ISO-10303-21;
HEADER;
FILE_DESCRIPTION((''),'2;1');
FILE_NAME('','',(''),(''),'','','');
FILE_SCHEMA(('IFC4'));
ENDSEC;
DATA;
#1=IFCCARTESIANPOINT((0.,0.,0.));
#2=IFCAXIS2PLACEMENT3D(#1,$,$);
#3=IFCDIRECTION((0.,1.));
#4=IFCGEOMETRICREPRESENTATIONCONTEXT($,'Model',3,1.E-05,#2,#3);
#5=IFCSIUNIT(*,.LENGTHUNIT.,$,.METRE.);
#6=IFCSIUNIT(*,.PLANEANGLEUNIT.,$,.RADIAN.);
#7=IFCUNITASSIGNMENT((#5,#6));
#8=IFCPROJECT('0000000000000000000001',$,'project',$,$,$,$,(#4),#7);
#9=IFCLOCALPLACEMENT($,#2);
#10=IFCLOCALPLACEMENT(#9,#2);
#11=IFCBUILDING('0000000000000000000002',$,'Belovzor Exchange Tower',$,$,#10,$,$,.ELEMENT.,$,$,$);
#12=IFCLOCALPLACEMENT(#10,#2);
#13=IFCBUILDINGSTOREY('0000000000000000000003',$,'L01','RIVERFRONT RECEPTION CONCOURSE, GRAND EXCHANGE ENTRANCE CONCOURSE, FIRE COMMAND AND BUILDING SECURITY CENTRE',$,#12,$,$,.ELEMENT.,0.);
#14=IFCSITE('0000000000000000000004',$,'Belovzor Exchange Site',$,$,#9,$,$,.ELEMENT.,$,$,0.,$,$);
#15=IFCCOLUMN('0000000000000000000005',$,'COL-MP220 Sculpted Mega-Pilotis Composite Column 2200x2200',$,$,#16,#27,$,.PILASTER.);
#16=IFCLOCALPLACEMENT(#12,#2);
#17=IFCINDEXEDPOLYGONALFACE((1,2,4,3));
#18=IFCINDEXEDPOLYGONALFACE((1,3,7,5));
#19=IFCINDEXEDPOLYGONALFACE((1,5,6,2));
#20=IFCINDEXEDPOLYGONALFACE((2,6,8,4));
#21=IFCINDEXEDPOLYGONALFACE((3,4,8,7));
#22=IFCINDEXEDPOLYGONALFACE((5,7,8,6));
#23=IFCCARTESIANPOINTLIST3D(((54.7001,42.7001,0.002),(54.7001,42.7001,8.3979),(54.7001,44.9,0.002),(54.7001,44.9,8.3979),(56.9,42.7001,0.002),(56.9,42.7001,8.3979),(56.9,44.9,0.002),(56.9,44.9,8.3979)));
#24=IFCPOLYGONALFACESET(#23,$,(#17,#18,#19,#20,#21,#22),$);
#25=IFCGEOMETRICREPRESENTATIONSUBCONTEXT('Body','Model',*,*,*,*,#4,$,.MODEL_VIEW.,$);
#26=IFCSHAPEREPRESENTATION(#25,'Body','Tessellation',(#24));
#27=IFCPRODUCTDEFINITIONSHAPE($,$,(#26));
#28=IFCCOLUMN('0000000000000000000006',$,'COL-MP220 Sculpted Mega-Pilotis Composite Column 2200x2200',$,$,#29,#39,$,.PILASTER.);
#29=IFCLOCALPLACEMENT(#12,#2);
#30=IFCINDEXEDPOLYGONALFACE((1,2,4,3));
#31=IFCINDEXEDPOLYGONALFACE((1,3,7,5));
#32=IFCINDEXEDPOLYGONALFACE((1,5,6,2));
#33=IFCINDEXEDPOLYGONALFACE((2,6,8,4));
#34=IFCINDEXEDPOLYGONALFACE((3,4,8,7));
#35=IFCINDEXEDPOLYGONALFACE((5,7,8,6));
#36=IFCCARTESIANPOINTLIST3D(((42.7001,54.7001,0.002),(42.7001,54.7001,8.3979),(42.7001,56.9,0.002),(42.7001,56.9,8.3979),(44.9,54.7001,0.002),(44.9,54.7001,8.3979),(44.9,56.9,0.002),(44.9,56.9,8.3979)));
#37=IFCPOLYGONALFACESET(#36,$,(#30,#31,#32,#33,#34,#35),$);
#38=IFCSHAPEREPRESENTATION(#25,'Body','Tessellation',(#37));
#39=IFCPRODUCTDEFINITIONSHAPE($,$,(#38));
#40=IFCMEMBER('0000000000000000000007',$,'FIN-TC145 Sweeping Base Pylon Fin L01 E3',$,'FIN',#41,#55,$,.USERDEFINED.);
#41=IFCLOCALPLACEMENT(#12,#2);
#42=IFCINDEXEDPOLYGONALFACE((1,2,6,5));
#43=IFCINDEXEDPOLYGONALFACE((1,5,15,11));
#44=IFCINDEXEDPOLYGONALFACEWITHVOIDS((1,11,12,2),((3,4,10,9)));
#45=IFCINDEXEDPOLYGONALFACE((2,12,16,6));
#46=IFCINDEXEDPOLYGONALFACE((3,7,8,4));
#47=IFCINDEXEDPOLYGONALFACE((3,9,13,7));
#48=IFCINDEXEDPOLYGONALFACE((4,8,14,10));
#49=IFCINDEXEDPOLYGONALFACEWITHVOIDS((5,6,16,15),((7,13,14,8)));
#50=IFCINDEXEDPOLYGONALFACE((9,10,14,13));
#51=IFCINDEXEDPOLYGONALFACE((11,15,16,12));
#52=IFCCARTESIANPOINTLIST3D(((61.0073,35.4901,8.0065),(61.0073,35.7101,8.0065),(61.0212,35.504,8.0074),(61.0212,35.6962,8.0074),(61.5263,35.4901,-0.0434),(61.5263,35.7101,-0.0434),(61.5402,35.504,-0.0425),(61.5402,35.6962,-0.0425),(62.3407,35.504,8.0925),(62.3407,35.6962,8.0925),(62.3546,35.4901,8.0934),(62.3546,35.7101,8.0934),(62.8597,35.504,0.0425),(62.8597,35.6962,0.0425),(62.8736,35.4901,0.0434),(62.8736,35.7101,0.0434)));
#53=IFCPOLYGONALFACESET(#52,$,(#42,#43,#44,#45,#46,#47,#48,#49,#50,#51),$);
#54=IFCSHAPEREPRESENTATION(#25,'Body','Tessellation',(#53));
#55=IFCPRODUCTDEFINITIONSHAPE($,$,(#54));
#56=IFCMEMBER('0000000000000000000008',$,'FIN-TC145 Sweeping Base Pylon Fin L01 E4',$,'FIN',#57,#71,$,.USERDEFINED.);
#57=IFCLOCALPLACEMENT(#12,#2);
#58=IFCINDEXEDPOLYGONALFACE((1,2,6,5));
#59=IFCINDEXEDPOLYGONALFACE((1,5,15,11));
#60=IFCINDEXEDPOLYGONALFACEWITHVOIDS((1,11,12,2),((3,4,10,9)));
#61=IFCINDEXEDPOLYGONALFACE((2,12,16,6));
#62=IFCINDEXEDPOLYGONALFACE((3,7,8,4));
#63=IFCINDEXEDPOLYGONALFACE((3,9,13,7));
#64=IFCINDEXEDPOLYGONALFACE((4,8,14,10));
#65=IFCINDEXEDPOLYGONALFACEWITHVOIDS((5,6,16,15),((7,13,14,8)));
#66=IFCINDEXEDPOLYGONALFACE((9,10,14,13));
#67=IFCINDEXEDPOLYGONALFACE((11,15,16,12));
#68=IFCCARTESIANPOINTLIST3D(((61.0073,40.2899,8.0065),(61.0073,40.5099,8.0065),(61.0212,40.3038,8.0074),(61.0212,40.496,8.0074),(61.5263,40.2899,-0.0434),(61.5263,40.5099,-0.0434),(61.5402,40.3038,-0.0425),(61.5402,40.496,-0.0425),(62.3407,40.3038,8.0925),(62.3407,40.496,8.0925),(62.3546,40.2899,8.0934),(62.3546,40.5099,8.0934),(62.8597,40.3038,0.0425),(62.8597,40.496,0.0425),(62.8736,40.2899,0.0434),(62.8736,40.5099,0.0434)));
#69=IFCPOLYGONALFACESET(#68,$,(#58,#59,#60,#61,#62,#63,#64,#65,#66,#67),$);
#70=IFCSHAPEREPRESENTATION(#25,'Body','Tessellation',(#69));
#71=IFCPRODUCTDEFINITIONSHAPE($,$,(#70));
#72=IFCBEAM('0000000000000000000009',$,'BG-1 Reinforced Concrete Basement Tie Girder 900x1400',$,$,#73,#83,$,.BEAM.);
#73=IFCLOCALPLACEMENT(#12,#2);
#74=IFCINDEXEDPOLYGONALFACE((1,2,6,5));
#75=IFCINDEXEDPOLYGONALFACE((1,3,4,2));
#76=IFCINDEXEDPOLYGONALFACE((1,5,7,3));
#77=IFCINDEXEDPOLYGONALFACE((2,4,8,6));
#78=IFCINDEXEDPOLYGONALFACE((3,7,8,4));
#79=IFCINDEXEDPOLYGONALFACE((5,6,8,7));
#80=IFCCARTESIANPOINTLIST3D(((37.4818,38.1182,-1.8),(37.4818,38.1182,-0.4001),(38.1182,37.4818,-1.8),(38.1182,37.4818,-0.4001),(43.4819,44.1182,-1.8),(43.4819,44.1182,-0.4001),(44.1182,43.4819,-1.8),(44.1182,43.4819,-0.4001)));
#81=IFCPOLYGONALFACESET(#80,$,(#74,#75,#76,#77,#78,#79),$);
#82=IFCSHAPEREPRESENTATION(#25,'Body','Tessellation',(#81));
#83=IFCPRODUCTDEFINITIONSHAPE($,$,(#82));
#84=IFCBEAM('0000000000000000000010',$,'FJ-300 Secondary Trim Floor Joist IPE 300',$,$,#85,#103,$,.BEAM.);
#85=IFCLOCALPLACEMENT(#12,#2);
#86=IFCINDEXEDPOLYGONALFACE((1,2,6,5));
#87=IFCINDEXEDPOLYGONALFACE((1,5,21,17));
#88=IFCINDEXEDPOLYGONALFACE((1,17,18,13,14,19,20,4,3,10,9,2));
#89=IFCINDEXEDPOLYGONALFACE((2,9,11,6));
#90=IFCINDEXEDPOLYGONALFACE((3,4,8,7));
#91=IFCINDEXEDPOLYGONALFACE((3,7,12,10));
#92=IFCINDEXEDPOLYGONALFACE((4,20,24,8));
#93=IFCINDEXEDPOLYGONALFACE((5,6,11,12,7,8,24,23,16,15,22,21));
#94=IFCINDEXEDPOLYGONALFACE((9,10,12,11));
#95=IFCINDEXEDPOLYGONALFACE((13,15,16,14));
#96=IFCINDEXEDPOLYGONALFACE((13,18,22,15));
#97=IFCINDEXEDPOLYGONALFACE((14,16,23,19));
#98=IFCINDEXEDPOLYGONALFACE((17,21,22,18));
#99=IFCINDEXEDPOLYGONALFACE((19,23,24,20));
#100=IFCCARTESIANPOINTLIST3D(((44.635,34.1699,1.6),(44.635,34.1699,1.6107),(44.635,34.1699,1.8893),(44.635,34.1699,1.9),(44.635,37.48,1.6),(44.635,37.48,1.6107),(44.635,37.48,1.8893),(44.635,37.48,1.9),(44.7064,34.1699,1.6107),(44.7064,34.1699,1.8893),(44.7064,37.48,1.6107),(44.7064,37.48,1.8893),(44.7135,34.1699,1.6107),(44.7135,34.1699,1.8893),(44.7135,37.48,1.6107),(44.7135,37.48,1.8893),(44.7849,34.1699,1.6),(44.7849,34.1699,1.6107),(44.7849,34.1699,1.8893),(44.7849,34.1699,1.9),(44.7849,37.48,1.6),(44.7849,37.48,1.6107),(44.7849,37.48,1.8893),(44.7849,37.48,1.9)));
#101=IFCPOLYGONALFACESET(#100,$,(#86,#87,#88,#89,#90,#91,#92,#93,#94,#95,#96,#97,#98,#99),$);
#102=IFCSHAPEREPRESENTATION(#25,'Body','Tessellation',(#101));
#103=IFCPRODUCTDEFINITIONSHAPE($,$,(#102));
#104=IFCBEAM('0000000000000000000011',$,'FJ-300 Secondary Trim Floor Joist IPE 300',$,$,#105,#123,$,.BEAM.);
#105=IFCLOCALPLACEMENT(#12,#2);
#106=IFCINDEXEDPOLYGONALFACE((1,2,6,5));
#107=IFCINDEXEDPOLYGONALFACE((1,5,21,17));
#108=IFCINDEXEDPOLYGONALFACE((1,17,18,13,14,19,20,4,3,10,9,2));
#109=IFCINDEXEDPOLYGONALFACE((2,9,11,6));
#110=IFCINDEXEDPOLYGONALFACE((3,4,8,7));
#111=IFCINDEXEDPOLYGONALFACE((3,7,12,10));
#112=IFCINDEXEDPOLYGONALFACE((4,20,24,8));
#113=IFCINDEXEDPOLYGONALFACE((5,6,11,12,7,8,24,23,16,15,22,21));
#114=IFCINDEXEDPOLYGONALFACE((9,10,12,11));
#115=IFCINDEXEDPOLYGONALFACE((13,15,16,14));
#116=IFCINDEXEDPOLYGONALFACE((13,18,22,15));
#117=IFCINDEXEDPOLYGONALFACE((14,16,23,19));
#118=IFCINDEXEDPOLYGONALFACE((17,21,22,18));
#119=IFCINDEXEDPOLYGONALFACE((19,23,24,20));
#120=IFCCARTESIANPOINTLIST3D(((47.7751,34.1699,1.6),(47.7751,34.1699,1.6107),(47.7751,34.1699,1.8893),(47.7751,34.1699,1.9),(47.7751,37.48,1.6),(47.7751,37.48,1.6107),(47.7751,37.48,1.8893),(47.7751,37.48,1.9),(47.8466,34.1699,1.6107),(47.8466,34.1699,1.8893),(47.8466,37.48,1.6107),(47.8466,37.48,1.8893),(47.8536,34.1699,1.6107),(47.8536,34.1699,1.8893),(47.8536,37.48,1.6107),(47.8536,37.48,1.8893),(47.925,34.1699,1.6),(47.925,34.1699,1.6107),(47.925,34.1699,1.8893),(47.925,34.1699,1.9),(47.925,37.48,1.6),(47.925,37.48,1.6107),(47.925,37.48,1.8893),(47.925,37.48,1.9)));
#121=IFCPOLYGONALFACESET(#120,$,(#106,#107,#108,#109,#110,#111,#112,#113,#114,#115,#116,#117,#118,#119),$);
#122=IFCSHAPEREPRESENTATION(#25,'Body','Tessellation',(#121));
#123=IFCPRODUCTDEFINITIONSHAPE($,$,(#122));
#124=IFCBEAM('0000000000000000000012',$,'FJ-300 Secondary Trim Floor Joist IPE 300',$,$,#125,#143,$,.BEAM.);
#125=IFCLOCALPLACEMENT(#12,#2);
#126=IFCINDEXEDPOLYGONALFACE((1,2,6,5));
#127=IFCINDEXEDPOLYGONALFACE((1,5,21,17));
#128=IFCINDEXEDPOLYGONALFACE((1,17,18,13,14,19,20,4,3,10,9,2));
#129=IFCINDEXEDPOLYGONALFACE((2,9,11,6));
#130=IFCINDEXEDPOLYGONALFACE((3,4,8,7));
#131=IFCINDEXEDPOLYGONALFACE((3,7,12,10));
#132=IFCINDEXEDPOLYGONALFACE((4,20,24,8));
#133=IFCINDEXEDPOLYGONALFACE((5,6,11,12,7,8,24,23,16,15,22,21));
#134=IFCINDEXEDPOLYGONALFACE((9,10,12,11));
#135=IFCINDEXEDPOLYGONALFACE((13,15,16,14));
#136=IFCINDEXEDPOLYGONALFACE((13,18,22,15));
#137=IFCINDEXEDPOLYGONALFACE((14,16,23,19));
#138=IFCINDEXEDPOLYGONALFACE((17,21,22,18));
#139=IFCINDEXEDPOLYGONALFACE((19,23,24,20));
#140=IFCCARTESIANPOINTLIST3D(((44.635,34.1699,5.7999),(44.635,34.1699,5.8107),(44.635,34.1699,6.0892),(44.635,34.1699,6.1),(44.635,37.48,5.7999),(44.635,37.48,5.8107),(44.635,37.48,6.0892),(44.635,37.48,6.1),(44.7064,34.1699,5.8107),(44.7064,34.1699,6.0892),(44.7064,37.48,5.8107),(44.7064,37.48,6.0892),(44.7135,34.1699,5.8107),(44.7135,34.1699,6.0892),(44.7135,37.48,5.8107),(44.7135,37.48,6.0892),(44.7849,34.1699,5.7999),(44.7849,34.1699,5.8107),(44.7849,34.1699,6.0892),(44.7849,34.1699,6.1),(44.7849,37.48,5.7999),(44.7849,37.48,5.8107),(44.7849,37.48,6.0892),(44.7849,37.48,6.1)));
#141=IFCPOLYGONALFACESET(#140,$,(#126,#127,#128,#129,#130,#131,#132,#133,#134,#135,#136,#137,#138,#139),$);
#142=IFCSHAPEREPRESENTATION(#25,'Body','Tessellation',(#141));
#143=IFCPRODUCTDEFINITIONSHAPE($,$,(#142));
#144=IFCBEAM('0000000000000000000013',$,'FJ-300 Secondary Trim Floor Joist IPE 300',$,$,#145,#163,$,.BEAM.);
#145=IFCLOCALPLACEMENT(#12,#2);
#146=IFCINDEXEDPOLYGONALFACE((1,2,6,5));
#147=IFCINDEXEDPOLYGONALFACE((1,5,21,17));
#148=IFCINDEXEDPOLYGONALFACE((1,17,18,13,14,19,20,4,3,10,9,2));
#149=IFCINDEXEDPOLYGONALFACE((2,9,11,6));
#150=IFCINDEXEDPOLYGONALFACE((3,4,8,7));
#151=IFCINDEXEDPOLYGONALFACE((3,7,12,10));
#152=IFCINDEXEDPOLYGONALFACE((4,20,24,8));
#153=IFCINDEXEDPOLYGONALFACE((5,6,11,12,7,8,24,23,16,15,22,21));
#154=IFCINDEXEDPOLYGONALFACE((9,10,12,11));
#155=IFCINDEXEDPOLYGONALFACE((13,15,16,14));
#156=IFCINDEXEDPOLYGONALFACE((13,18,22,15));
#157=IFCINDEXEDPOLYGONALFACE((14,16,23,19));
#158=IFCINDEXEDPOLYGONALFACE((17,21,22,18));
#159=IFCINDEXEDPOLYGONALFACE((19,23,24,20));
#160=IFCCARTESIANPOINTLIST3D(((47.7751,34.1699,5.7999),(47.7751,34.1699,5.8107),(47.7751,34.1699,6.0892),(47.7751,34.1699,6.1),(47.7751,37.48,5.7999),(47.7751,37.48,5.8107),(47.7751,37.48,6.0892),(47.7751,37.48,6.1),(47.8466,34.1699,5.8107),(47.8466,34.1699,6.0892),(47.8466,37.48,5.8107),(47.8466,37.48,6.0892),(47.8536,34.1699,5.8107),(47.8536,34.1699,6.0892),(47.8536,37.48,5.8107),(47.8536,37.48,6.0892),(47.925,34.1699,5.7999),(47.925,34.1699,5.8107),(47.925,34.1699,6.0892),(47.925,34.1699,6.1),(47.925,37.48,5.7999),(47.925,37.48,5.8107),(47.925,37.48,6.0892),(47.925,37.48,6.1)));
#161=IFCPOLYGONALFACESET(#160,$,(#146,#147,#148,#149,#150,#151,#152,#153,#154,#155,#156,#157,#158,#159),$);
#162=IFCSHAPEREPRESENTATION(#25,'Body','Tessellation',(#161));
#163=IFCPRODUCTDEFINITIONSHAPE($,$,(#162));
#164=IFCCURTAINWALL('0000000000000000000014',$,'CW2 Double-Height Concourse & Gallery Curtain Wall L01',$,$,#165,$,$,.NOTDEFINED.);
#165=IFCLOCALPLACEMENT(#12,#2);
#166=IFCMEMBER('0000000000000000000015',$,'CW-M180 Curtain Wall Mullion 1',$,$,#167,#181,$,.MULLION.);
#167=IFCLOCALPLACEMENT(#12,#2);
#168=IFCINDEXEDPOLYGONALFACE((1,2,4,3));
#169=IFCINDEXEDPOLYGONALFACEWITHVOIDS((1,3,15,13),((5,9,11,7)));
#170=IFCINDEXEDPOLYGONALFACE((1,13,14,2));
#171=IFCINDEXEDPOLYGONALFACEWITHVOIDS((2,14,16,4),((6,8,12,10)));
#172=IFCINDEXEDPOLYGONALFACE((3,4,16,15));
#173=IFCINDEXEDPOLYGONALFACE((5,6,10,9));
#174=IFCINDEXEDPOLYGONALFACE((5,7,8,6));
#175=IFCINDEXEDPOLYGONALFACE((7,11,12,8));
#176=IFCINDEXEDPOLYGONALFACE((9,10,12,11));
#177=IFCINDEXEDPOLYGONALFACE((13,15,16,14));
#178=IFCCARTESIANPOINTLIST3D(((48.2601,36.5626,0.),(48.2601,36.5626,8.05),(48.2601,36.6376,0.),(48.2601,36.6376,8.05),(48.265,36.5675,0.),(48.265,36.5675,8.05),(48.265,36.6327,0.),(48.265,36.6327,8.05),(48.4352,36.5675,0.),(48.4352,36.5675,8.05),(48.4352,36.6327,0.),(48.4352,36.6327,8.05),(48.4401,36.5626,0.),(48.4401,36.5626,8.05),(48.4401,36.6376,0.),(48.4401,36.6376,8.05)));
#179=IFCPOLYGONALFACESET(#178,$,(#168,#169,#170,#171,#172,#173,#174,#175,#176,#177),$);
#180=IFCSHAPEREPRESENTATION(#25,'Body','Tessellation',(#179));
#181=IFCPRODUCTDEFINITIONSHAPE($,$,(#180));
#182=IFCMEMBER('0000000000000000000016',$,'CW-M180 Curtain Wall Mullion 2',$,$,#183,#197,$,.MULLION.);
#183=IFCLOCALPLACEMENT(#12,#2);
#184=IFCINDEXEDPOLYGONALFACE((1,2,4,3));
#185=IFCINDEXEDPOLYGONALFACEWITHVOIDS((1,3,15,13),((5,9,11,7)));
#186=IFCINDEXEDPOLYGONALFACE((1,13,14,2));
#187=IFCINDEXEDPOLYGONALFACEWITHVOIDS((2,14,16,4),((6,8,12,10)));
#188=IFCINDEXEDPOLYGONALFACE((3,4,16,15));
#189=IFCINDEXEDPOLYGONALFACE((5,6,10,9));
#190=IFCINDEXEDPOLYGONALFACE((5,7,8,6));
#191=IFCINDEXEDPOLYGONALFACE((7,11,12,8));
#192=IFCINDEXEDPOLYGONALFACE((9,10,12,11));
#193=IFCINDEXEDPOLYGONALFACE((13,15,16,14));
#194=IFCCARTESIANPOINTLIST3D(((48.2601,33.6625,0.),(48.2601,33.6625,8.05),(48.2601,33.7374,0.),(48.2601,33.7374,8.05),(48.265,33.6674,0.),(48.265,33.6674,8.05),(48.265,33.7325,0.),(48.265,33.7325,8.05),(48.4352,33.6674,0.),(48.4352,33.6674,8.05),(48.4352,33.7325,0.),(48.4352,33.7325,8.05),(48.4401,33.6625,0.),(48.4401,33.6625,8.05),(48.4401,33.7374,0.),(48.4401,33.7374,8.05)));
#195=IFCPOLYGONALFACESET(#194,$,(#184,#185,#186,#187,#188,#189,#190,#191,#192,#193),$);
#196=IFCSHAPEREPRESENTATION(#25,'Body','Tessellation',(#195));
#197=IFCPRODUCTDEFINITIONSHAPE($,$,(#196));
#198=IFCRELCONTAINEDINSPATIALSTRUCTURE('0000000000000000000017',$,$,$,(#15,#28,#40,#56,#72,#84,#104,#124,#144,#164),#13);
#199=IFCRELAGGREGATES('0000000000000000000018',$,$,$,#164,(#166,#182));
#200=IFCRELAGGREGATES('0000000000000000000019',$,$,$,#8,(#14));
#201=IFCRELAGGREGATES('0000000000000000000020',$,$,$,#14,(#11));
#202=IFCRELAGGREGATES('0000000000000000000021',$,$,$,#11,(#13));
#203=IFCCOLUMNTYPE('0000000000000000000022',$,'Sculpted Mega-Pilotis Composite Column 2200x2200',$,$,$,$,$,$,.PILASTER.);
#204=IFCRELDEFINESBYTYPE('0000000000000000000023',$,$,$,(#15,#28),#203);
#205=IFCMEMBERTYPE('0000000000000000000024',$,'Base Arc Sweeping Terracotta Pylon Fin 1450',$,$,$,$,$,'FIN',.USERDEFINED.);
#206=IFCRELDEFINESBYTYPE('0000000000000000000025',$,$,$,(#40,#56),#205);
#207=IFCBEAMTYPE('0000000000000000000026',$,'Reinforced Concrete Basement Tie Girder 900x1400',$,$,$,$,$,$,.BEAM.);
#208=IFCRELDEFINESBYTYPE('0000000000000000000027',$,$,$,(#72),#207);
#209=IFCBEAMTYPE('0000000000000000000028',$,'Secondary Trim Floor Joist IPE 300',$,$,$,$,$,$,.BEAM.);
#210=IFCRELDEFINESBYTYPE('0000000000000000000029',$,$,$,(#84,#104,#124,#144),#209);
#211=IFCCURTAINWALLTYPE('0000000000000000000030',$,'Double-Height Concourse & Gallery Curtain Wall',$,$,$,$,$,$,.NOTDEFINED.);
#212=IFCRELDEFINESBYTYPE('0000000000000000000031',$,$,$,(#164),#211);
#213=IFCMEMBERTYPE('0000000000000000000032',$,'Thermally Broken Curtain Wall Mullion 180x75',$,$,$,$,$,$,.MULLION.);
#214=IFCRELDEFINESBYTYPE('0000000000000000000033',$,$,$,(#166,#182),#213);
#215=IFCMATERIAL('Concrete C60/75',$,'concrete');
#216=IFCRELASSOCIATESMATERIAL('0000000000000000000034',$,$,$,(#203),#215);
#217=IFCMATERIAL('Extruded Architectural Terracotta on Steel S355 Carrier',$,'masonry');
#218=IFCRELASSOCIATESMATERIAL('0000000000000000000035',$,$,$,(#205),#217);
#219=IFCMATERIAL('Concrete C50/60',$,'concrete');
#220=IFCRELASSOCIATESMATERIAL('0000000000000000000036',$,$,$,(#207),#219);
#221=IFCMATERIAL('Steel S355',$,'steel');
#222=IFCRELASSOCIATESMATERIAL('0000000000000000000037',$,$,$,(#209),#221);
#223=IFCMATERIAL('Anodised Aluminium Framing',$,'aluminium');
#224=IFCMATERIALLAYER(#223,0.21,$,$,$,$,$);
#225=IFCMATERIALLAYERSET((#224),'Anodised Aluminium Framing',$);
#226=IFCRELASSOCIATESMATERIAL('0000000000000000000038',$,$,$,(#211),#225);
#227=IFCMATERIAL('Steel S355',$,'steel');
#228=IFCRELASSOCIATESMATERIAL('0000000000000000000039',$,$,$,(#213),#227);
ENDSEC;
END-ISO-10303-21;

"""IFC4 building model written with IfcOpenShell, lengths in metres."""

from ifc_helpers import new_model, si_unit, direction, frame, origin, origin_2d, place, context, subcontext, project, spatial, rectangle, hollow_rectangle, i_section, extrude, material, layer, layer_set, material_profile, profile_set, type_object, element, aggregate, save


model = new_model("IFC4")

# Units and contexts
model_context = context("Model", 3, precision=1e-05, world=origin(), true_north=direction((0.0, 1.0)))
body_context = subcontext(model_context, "Body", "Model", "MODEL_VIEW")
ifc_project = project(units=[si_unit("LENGTHUNIT", "METRE"), si_unit("PLANEANGLEUNIT", "RADIAN")], contexts=[model_context])

# Site, building, storey
site_placement = place(None, origin())
site = spatial("IfcSite", under=ifc_project, at=site_placement, Name="Belovzor Exchange Site", CompositionType="ELEMENT", RefElevation=0.0)
building_placement = place(site_placement, origin())
building = spatial("IfcBuilding", under=site, at=building_placement, Name="Belovzor Exchange Tower", CompositionType="ELEMENT")
storey_placement = place(building_placement, origin())
storey = spatial("IfcBuildingStorey", under=building, at=storey_placement, Name="L01", Description="RIVERFRONT RECEPTION CONCOURSE, GRAND EXCHANGE ENTRANCE CONCOURSE, FIRE COMMAND AND BUILDING SECURITY CENTRE", CompositionType="ELEMENT", Elevation=0.0)

# Columns
ifc_material_1 = material(Name="Concrete C60/75", Category="concrete")
ifc_material_profile_1 = material_profile(ifc_material_1, rectangle(XDim=2.2, YDim=2.2, at=origin_2d()))
ifc_profile_set_1 = profile_set([ifc_material_profile_1], Name="Concrete C60/75")
column_type = type_object("IfcColumnType", Name="Sculpted Mega-Pilotis Composite Column 2200x2200", PredefinedType="PILASTER", material=ifc_profile_set_1)
for number, where, z_axis, x_axis, name in (
    (1, (55.8, 43.8, 0.002), (0.0, 0.0, 1.0), (1.0, 0.0, 0.0), "COL-MP220 Sculpted Mega-Pilotis Composite Column 2200x2200"),
    (2, (43.8, 55.8, 0.002), (0.0, 0.0, 1.0), (1.0, 0.0, 0.0), "COL-MP220 Sculpted Mega-Pilotis Composite Column 2200x2200"),
):
    element("IfcColumn", number, at=place(storey_placement, frame(where, z_axis=z_axis, x_axis=x_axis)), inside=storey, type_object=column_type, Name=name, PredefinedType="PILASTER", context=body_context, shape_type="SweptSolid", body=[
        extrude(rectangle(XDim=2.2, YDim=2.2, at=origin_2d()), origin(), (0.0, 0.0, 1.0), 8.396),
    ])

# Members
ifc_material_2 = material(Name="Extruded Architectural Terracotta on Steel S355 Carrier", Category="masonry")
ifc_material_profile_2 = material_profile(ifc_material_2, hollow_rectangle(XDim=0.22, YDim=1.3501, WallThickness=0.0139, at=origin_2d()))
ifc_profile_set_2 = profile_set([ifc_material_profile_2], Name="Extruded Architectural Terracotta on Steel S355 Carrier")
member_type_1 = type_object("IfcMemberType", Name="Base Arc Sweeping Terracotta Pylon Fin 1450", ElementType="FIN", PredefinedType="USERDEFINED", material=ifc_profile_set_2)
for number, where, z_axis, x_axis, name in (
    (3, (62.2, 35.6001, 0.0), (-0.064343, 0.0, 0.997928), (0.0, -1.0, 0.0), "FIN-TC145 Sweeping Base Pylon Fin L01 E3"),
    (4, (62.2, 40.3999, 0.0), (-0.064343, 0.0, 0.997928), (0.0, -1.0, 0.0), "FIN-TC145 Sweeping Base Pylon Fin L01 E4"),
):
    element("IfcMember", number, at=place(storey_placement, frame(where, z_axis=z_axis, x_axis=x_axis)), inside=storey, type_object=member_type_1, Name=name, ObjectType="FIN", PredefinedType="USERDEFINED", context=body_context, shape_type="SweptSolid", body=[
        extrude(hollow_rectangle(XDim=0.22, YDim=1.3501, WallThickness=0.0139, at=origin_2d()), origin(), (0.0, 0.0, 1.0), 8.0667),
    ])

# Beams
ifc_material_3 = material(Name="Concrete C50/60", Category="concrete")
ifc_material_profile_3 = material_profile(ifc_material_3, rectangle(XDim=0.8999, YDim=1.3999, at=origin_2d()))
ifc_profile_set_3 = profile_set([ifc_material_profile_3], Name="Concrete C50/60")
beam_type_1 = type_object("IfcBeamType", Name="Reinforced Concrete Basement Tie Girder 900x1400", PredefinedType="BEAM", material=ifc_profile_set_3)
beam_placement = place(storey_placement, frame((43.8, 43.8, -1.1001), z_axis=(-0.707107, -0.707107, 0.0), x_axis=(0.707107, -0.707107, 0.0)))
element("IfcBeam", 5, at=beam_placement, inside=storey, type_object=beam_type_1, Name="BG-1 Reinforced Concrete Basement Tie Girder 900x1400", PredefinedType="BEAM", context=body_context, shape_type="SweptSolid", body=[
    extrude(rectangle(XDim=0.8999, YDim=1.3999, at=origin_2d()), origin(), (0.0, 0.0, 1.0), 8.4854),
])
ifc_material_4 = material(Name="Steel S355", Category="steel")
ifc_material_profile_4 = material_profile(ifc_material_4, i_section(OverallWidth=0.1499, OverallDepth=0.3, WebThickness=0.0071, FlangeThickness=0.0107, at=origin_2d()))
ifc_profile_set_4 = profile_set([ifc_material_profile_4], Name="Steel S355")
beam_type_2 = type_object("IfcBeamType", Name="Secondary Trim Floor Joist IPE 300", PredefinedType="BEAM", material=ifc_profile_set_4)
for number, where, z_axis, x_axis, name in (
    (6, (44.71, 34.1699, 1.75), (0.0, 1.0, 0.0), (-1.0, 0.0, 0.0), "FJ-300 Secondary Trim Floor Joist IPE 300"),
    (7, (47.8501, 34.1699, 1.75), (0.0, 1.0, 0.0), (-1.0, 0.0, 0.0), "FJ-300 Secondary Trim Floor Joist IPE 300"),
    (8, (44.71, 34.1699, 5.95), (0.0, 1.0, 0.0), (-1.0, 0.0, 0.0), "FJ-300 Secondary Trim Floor Joist IPE 300"),
    (9, (47.8501, 34.1699, 5.95), (0.0, 1.0, 0.0), (-1.0, 0.0, 0.0), "FJ-300 Secondary Trim Floor Joist IPE 300"),
):
    element("IfcBeam", number, at=place(storey_placement, frame(where, z_axis=z_axis, x_axis=x_axis)), inside=storey, type_object=beam_type_2, Name=name, PredefinedType="BEAM", context=body_context, shape_type="SweptSolid", body=[
        extrude(i_section(OverallWidth=0.1499, OverallDepth=0.3, WebThickness=0.0071, FlangeThickness=0.0107, at=origin_2d()), origin(), (0.0, 0.0, 1.0), 3.3101),
    ])

# Curtain wall, members
ifc_material_5 = material(Name="Anodised Aluminium Framing", Category="aluminium")
ifc_layer_1 = layer(ifc_material_5, 0.21)
ifc_layer_set_1 = layer_set([ifc_layer_1], Name="Anodised Aluminium Framing")
curtain_wall_type = type_object("IfcCurtainWallType", Name="Double-Height Concourse & Gallery Curtain Wall", PredefinedType="NOTDEFINED", material=ifc_layer_set_1)
curtain_wall_placement = place(storey_placement, origin())
curtain_wall = element("IfcCurtainWall", 10, at=curtain_wall_placement, inside=storey, type_object=curtain_wall_type, Name="CW2 Double-Height Concourse & Gallery Curtain Wall L01", PredefinedType="NOTDEFINED")
ifc_material_6 = material(Name="Steel S355", Category="steel")
ifc_material_profile_5 = material_profile(ifc_material_6, hollow_rectangle(XDim=0.075, YDim=0.1799, WallThickness=0.0049, at=origin_2d()))
ifc_profile_set_5 = profile_set([ifc_material_profile_5], Name="Steel S355")
member_type_2 = type_object("IfcMemberType", Name="Thermally Broken Curtain Wall Mullion 180x75", PredefinedType="MULLION", material=ifc_profile_set_5)
member_1_placement = place(storey_placement, frame((48.3501, 36.6001, 0.0), z_axis=(0.0, 0.0, 1.0), x_axis=(0.0, -1.0, 0.0)))
member_1 = element("IfcMember", 11, at=member_1_placement, type_object=member_type_2, Name="CW-M180 Curtain Wall Mullion 1", PredefinedType="MULLION", context=body_context, shape_type="SweptSolid", body=[
    extrude(hollow_rectangle(XDim=0.075, YDim=0.1799, WallThickness=0.0049, at=origin_2d()), origin(), (0.0, 0.0, 1.0), 8.05),
])
member_2_placement = place(storey_placement, frame((48.3501, 33.7, 0.0), z_axis=(0.0, 0.0, 1.0), x_axis=(0.0, -1.0, 0.0)))
member_2 = element("IfcMember", 12, at=member_2_placement, type_object=member_type_2, Name="CW-M180 Curtain Wall Mullion 2", PredefinedType="MULLION", context=body_context, shape_type="SweptSolid", body=[
    extrude(hollow_rectangle(XDim=0.075, YDim=0.1799, WallThickness=0.0049, at=origin_2d()), origin(), (0.0, 0.0, 1.0), 8.05),
])
aggregate(curtain_wall, [member_1, member_2])

save(model, "model.ifc")
